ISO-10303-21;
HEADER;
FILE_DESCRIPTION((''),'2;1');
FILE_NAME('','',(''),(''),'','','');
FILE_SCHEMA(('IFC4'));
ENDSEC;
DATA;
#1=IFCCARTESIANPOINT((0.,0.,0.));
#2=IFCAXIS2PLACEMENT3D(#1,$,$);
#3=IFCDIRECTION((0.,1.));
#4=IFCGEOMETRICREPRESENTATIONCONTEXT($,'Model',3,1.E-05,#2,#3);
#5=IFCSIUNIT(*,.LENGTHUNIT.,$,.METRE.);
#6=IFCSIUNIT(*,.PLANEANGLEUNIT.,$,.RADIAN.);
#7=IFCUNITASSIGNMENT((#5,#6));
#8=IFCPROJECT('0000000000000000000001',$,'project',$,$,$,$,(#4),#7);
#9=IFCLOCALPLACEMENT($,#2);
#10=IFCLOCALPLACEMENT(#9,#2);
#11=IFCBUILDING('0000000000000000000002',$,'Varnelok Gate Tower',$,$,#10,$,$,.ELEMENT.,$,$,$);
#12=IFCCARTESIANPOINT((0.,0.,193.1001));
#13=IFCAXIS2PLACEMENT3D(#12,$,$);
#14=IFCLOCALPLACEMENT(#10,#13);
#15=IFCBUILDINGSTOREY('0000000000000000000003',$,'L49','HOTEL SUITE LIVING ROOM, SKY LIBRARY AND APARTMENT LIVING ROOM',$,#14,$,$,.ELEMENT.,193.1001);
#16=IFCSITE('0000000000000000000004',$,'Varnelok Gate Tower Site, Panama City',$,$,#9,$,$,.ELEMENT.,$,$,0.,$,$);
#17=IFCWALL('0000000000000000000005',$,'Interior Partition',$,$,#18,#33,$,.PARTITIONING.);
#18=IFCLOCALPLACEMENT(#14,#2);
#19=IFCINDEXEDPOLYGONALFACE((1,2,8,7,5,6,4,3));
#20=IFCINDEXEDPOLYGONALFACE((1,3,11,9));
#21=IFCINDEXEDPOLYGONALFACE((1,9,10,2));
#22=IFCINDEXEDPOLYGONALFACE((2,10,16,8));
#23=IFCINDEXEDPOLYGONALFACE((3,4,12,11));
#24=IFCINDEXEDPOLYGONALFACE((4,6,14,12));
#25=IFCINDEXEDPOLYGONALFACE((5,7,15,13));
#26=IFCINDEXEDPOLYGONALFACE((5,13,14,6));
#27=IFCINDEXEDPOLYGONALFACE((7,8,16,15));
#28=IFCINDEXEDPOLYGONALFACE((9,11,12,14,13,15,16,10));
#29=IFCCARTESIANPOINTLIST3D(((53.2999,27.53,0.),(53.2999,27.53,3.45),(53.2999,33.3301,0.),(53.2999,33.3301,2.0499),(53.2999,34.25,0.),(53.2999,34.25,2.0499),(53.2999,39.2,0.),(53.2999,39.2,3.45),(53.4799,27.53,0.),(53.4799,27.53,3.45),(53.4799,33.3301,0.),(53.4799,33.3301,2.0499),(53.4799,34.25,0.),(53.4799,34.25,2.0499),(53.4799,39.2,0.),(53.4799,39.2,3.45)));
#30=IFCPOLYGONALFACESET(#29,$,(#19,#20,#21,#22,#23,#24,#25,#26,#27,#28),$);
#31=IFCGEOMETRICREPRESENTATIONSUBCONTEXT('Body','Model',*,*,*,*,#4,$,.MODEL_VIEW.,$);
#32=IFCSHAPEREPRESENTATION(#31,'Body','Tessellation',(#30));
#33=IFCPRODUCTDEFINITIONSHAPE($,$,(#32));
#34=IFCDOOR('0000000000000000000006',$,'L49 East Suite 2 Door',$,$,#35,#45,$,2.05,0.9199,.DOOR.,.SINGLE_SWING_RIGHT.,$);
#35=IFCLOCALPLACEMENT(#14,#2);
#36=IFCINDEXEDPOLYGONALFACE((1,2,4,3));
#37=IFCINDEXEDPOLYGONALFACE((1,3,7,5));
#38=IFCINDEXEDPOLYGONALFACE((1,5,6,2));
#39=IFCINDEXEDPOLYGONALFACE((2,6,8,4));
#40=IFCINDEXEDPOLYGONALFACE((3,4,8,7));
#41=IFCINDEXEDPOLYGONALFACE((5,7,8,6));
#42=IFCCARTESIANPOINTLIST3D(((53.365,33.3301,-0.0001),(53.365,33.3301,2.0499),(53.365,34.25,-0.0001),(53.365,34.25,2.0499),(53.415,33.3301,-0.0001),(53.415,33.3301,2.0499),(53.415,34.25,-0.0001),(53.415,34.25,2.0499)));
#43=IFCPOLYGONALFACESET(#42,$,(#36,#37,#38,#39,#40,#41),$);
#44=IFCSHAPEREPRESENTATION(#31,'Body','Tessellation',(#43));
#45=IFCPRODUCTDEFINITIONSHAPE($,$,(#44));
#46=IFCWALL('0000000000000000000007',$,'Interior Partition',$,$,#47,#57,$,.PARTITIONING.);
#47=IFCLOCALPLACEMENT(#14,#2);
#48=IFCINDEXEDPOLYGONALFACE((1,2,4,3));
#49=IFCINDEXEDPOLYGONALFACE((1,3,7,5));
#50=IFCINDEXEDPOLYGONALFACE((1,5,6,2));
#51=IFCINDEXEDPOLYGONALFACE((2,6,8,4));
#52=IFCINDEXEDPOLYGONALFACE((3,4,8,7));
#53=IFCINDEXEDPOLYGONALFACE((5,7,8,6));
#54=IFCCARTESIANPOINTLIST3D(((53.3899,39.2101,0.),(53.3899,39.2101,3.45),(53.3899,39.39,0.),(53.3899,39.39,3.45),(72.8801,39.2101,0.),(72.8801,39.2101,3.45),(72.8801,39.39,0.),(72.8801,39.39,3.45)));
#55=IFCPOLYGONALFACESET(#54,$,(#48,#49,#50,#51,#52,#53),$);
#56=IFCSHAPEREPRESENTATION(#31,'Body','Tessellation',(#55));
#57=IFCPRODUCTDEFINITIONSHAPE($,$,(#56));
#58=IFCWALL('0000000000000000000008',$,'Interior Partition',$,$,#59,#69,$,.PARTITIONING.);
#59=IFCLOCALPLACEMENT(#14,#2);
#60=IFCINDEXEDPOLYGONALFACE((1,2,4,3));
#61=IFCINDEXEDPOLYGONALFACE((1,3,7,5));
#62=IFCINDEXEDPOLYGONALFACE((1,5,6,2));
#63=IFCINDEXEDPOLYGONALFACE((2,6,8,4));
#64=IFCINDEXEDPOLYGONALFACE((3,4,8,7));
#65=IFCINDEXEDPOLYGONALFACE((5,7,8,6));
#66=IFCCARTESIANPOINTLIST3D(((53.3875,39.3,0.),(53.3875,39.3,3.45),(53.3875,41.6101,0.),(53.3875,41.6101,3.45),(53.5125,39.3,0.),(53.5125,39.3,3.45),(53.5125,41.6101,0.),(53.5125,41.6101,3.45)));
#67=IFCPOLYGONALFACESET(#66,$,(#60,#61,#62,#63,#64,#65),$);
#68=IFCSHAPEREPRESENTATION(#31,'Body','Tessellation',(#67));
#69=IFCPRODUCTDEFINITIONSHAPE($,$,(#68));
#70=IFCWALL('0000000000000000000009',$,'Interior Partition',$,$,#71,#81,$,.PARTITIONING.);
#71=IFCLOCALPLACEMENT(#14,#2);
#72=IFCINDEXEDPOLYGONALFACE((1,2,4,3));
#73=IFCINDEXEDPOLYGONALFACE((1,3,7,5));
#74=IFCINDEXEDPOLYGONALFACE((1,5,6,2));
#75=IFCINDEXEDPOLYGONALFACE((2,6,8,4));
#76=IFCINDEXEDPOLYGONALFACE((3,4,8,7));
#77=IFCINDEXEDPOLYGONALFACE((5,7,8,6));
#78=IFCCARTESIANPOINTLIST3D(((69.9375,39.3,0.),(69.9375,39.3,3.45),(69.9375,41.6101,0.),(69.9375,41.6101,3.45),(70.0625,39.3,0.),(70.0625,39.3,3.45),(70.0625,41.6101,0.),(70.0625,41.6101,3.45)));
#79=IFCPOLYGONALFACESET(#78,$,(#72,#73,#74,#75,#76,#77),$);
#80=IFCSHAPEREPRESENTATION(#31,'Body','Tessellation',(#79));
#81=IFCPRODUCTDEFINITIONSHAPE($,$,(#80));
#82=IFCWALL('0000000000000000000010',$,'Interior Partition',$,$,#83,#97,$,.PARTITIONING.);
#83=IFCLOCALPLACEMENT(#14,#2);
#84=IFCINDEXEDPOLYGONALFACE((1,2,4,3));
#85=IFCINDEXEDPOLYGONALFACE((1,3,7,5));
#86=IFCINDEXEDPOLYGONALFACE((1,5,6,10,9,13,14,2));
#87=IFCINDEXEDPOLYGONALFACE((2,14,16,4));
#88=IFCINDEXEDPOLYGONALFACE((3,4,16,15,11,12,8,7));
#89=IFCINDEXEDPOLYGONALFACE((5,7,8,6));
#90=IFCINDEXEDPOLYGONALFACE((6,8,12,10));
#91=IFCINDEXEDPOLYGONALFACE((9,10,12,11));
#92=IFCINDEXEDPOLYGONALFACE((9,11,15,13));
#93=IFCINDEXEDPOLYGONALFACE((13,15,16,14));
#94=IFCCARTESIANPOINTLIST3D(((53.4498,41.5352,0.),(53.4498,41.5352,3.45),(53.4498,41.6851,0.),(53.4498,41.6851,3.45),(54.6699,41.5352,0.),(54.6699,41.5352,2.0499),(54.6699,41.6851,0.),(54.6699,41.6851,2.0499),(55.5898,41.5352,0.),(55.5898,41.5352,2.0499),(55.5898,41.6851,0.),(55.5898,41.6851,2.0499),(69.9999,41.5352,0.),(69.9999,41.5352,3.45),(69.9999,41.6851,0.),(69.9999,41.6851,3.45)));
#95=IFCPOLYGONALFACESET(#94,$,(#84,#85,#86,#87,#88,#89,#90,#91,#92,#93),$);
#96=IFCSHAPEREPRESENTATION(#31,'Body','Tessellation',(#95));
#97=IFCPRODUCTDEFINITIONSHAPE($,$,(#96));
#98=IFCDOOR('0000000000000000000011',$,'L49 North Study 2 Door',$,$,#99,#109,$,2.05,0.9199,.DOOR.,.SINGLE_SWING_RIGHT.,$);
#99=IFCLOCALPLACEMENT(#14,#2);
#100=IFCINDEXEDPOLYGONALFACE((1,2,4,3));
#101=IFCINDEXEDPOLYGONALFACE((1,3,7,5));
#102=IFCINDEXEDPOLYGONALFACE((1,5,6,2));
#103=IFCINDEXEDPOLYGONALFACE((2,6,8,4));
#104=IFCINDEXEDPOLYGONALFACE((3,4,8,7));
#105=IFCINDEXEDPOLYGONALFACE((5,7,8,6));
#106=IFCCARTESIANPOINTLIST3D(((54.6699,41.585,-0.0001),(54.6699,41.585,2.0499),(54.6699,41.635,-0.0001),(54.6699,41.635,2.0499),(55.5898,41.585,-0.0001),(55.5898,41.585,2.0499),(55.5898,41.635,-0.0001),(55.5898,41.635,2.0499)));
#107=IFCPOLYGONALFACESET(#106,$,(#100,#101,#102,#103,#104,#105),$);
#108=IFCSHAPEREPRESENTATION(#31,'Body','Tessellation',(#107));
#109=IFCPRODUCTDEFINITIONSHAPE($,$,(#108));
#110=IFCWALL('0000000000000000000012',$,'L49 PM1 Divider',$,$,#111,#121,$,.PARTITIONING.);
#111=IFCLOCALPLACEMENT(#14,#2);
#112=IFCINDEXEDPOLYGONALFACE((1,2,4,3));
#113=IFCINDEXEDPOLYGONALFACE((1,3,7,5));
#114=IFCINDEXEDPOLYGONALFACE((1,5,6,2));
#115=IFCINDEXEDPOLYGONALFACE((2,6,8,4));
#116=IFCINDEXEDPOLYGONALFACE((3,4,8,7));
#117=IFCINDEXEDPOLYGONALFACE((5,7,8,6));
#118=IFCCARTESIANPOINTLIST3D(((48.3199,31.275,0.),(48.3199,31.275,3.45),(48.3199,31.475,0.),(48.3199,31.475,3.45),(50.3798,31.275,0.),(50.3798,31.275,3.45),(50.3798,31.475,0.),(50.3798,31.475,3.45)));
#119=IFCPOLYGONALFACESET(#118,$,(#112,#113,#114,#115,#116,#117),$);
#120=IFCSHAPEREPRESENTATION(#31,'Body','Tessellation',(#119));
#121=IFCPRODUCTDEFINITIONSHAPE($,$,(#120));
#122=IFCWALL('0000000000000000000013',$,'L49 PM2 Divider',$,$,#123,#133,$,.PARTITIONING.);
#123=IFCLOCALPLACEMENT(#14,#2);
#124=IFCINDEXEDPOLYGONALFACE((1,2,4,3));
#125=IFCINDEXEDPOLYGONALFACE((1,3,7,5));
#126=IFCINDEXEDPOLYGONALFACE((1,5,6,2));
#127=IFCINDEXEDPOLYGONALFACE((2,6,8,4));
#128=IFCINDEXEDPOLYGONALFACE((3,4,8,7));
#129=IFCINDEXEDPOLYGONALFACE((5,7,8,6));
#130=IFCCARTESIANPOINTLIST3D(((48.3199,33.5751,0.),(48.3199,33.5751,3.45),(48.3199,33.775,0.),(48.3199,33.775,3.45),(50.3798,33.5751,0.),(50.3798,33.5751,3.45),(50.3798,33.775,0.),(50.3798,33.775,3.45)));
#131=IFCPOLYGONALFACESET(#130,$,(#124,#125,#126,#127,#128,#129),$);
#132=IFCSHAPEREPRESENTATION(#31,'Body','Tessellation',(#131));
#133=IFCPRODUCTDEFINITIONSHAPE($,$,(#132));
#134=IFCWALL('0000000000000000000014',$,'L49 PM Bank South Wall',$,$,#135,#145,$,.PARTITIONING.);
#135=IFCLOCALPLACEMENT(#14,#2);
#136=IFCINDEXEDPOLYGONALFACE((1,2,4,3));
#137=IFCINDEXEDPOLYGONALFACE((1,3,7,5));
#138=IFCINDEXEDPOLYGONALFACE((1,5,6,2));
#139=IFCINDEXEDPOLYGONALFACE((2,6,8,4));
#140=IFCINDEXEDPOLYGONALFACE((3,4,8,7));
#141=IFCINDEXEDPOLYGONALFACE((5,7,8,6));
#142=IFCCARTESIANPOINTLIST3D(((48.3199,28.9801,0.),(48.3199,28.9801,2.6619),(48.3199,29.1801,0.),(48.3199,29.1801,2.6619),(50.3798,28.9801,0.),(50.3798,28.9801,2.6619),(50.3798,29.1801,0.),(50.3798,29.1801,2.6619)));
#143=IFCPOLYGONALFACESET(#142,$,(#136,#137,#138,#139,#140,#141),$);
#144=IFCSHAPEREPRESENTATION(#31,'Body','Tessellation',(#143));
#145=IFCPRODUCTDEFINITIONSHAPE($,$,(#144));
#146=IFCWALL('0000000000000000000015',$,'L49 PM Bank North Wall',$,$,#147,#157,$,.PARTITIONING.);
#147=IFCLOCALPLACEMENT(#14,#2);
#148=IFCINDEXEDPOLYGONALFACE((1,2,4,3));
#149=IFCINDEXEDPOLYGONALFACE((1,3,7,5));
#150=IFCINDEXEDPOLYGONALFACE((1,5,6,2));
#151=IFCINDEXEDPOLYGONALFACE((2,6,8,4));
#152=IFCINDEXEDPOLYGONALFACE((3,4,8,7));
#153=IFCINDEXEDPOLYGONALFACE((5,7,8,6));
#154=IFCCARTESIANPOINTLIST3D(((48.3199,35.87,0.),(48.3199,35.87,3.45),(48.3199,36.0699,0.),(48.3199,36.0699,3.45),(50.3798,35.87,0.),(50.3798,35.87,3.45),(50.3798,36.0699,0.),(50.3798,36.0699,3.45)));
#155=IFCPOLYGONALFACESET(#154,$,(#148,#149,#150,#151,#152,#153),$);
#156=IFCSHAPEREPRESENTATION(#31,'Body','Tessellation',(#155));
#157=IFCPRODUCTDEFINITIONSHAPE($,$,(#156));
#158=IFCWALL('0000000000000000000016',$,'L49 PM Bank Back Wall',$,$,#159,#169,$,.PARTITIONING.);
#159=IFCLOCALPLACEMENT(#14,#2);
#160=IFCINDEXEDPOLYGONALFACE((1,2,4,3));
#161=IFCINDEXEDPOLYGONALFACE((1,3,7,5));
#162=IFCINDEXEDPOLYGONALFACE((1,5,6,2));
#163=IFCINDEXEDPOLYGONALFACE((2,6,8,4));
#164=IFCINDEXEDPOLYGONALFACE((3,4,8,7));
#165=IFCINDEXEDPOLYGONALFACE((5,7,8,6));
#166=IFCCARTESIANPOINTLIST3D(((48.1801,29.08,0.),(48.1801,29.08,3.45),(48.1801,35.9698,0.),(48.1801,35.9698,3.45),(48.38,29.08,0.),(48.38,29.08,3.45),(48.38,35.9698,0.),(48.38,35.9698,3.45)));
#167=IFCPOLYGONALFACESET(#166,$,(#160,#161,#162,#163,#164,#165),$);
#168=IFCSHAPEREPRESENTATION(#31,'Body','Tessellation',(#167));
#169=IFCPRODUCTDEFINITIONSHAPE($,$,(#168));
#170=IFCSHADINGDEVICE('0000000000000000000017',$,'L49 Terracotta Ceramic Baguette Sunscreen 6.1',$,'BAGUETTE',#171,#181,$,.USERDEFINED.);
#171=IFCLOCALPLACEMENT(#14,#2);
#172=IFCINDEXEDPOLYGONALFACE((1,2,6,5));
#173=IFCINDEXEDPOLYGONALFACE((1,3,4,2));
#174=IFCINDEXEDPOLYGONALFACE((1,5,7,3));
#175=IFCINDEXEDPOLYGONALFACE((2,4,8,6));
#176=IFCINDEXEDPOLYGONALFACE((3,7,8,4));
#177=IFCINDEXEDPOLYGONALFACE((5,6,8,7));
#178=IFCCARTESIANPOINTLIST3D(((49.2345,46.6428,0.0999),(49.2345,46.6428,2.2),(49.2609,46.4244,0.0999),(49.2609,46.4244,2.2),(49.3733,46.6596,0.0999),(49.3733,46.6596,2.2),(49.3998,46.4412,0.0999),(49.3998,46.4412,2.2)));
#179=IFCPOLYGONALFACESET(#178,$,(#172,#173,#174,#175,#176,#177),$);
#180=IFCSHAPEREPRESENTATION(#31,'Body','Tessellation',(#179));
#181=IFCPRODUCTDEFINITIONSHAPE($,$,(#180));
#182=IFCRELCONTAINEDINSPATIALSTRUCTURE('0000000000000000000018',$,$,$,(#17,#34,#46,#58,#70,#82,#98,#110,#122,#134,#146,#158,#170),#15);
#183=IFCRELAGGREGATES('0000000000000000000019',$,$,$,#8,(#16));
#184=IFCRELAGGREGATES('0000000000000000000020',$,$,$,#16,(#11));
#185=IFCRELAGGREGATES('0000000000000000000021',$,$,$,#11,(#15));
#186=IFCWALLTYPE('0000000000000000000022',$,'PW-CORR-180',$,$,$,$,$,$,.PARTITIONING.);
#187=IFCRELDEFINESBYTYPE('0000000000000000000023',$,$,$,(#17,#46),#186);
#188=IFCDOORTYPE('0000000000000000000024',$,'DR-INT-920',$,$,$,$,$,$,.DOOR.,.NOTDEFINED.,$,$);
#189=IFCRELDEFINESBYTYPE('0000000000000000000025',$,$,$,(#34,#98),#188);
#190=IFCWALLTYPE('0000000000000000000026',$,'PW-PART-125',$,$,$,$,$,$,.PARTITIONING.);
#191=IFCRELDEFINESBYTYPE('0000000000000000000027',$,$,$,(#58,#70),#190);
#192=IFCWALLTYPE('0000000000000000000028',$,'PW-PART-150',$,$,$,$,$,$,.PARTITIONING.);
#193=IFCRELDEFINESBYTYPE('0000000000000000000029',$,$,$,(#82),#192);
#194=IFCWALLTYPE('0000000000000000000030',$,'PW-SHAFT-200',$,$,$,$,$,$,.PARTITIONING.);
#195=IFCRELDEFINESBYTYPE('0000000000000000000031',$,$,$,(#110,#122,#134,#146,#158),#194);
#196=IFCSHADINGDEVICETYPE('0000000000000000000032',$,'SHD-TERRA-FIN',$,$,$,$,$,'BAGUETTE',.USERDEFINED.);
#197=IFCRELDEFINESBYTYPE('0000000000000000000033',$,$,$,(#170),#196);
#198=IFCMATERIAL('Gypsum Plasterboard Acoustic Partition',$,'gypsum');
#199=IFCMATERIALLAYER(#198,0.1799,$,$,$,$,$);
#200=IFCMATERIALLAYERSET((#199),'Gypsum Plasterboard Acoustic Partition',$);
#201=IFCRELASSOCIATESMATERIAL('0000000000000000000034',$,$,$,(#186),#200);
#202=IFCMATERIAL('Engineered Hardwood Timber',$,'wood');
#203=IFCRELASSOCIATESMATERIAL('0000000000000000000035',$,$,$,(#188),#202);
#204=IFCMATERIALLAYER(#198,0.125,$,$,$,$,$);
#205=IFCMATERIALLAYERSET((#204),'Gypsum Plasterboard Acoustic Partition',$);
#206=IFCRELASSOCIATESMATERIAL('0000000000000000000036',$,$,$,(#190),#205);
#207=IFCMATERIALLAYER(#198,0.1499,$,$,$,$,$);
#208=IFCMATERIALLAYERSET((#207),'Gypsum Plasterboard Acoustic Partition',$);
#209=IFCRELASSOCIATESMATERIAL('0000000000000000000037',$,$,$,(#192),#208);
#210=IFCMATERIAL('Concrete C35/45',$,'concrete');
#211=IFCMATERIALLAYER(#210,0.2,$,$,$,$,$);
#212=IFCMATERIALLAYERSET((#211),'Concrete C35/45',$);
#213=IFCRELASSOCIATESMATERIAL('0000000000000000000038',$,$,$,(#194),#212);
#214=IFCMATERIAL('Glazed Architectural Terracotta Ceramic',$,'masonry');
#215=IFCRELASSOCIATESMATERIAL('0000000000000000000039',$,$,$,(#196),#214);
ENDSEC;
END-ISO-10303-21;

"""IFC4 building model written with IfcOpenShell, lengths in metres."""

from ifc_helpers import new_model, si_unit, direction, frame, frame_2d, origin, origin_2d, place, context, subcontext, project, spatial, rectangle, extrude, source, transform, mapped, material, layer, layer_set, type_object, element, fill, save


model = new_model("IFC4")

# Units and contexts
model_context = context("Model", 3, precision=1e-05, world=origin(), true_north=direction((0.0, 1.0)))
body_context = subcontext(model_context, "Body", "Model", "MODEL_VIEW")
ifc_project = project(units=[si_unit("LENGTHUNIT", "METRE"), si_unit("PLANEANGLEUNIT", "RADIAN")], contexts=[model_context])

# Site, building, storey
site_placement = place(None, origin())
site = spatial("IfcSite", under=ifc_project, at=site_placement, Name="Varnelok Gate Tower Site, Panama City", CompositionType="ELEMENT", RefElevation=0.0)
building_placement = place(site_placement, origin())
building = spatial("IfcBuilding", under=site, at=building_placement, Name="Varnelok Gate Tower", CompositionType="ELEMENT")
storey_placement = place(building_placement, frame((0.0, 0.0, 193.1001)))
storey = spatial("IfcBuildingStorey", under=building, at=storey_placement, Name="L49", Description="HOTEL SUITE LIVING ROOM, SKY LIBRARY AND APARTMENT LIVING ROOM", CompositionType="ELEMENT", Elevation=193.1001)

# Wall, opening, door
ifc_material_1 = material(Name="Gypsum Plasterboard Acoustic Partition", Category="gypsum")
ifc_layer_1 = layer(ifc_material_1, 0.1799)
ifc_layer_set_1 = layer_set([ifc_layer_1], Name="Gypsum Plasterboard Acoustic Partition")
wall_type_1 = type_object("IfcWallType", Name="PW-CORR-180", PredefinedType="PARTITIONING", material=ifc_layer_set_1)
wall_1_placement = place(storey_placement, frame((53.3899, 27.53, 0.0), z_axis=(0.0, 0.0, 1.0), x_axis=(0.0, 1.0, 0.0)))
wall_1 = element("IfcWall", 1, at=wall_1_placement, inside=storey, type_object=wall_type_1, Name="Interior Partition", PredefinedType="PARTITIONING", context=body_context, shape_type="SweptSolid", body=[
    extrude(rectangle(XDim=11.6699, YDim=0.1799, at=frame_2d((5.835, 0.0))), origin(), (0.0, 0.0, 1.0), 3.45),
])
opening_1_placement = place(wall_1_placement, frame((5.8, 0.0, 0.0)))
opening_1 = element("IfcOpeningElement", 2, at=opening_1_placement, cuts=wall_1, PredefinedType="OPENING", context=body_context, shape_type="SweptSolid", body=[
    extrude(rectangle(XDim=0.9199, YDim=2.05, at=frame_2d((0.46, 1.0249))), frame((0.0, 0.0999, 0.0), z_axis=(0.0, -1.0, 0.0), x_axis=(1.0, 0.0, 0.0)), (0.0, 0.0, 1.0), 0.2),
])
ifc_material_2 = material(Name="Engineered Hardwood Timber", Category="wood")
door_type_1 = type_object("IfcDoorType", Name="DR-INT-920", OperationType="NOTDEFINED", PredefinedType="DOOR", material=ifc_material_2)
door_1_placement = place(opening_1_placement, origin())
door_1 = element("IfcDoor", 3, at=door_1_placement, inside=storey, type_object=door_type_1, Name="L49 East Suite 2 Door", OperationType="SINGLE_SWING_RIGHT", OverallHeight=2.05, OverallWidth=0.9199, PredefinedType="DOOR", context=body_context, shape_type="SweptSolid", body=[
    extrude(rectangle(XDim=0.9199, YDim=2.05, at=frame_2d((0.46, 1.0249))), frame((0.0, 0.0249, 0.0), z_axis=(0.0, -1.0, 0.0), x_axis=(1.0, 0.0, 0.0)), (0.0, 0.0, 1.0), 0.05),
])
fill(opening_1, door_1)

# Walls
wall_2_placement = place(storey_placement, frame((53.3899, 39.3, 0.0), z_axis=(0.0, 0.0, 1.0), x_axis=(1.0, 0.0, 0.0)))
element("IfcWall", 4, at=wall_2_placement, inside=storey, type_object=wall_type_1, Name="Interior Partition", PredefinedType="PARTITIONING", context=body_context, shape_type="SweptSolid", body=[
    extrude(rectangle(XDim=19.4902, YDim=0.1799, at=frame_2d((9.7451, 0.0))), origin(), (0.0, 0.0, 1.0), 3.45),
])
ifc_layer_2 = layer(ifc_material_1, 0.125)
ifc_layer_set_2 = layer_set([ifc_layer_2], Name="Gypsum Plasterboard Acoustic Partition")
wall_type_2 = type_object("IfcWallType", Name="PW-PART-125", PredefinedType="PARTITIONING", material=ifc_layer_set_2)
for number, where, z_axis, x_axis, name in (
    (5, (53.45, 39.3, 0.0), (0.0, 0.0, 1.0), (0.0, 1.0, 0.0), "Interior Partition"),
    (6, (70.0, 39.3, 0.0), (0.0, 0.0, 1.0), (0.0, 1.0, 0.0), "Interior Partition"),
):
    element("IfcWall", number, at=place(storey_placement, frame(where, z_axis=z_axis, x_axis=x_axis)), inside=storey, type_object=wall_type_2, Name=name, PredefinedType="PARTITIONING", context=body_context, shape_type="SweptSolid", body=[
        extrude(rectangle(XDim=2.3101, YDim=0.125, at=frame_2d((1.155, 0.0))), origin(), (0.0, 0.0, 1.0), 3.45),
    ])

# Wall, opening, door
ifc_layer_3 = layer(ifc_material_1, 0.1499)
ifc_layer_set_3 = layer_set([ifc_layer_3], Name="Gypsum Plasterboard Acoustic Partition")
wall_type_3 = type_object("IfcWallType", Name="PW-PART-150", PredefinedType="PARTITIONING", material=ifc_layer_set_3)
wall_3_placement = place(storey_placement, frame((53.45, 41.6101, 0.0), z_axis=(0.0, 0.0, 1.0), x_axis=(1.0, 0.0, 0.0)))
wall_3 = element("IfcWall", 7, at=wall_3_placement, inside=storey, type_object=wall_type_3, Name="Interior Partition", PredefinedType="PARTITIONING", context=body_context, shape_type="SweptSolid", body=[
    extrude(rectangle(XDim=16.55, YDim=0.1499, at=frame_2d((8.2749, 0.0))), origin(), (0.0, 0.0, 1.0), 3.45),
])
opening_2_placement = place(wall_3_placement, frame((1.22, 0.0, 0.0)))
opening_2 = element("IfcOpeningElement", 8, at=opening_2_placement, cuts=wall_3, PredefinedType="OPENING", context=body_context, shape_type="SweptSolid", body=[
    extrude(rectangle(XDim=0.9199, YDim=2.05, at=frame_2d((0.46, 1.0249))), frame((0.0, 0.085, 0.0), z_axis=(0.0, -1.0, 0.0), x_axis=(1.0, 0.0, 0.0)), (0.0, 0.0, 1.0), 0.1699),
])
door_2_placement = place(opening_2_placement, origin())
door_2 = element("IfcDoor", 9, at=door_2_placement, inside=storey, type_object=door_type_1, Name="L49 North Study 2 Door", OperationType="SINGLE_SWING_RIGHT", OverallHeight=2.05, OverallWidth=0.9199, PredefinedType="DOOR", context=body_context, shape_type="SweptSolid", body=[
    extrude(rectangle(XDim=0.9199, YDim=2.05, at=frame_2d((0.46, 1.0249))), frame((0.0, 0.0249, 0.0), z_axis=(0.0, -1.0, 0.0), x_axis=(1.0, 0.0, 0.0)), (0.0, 0.0, 1.0), 0.05),
])
fill(opening_2, door_2)

# Walls
ifc_material_3 = material(Name="Concrete C35/45", Category="concrete")
ifc_layer_4 = layer(ifc_material_3, 0.2)
ifc_layer_set_4 = layer_set([ifc_layer_4], Name="Concrete C35/45")
wall_type_4 = type_object("IfcWallType", Name="PW-SHAFT-200", PredefinedType="PARTITIONING", material=ifc_layer_set_4)
for number, where, z_axis, x_axis, name in (
    (10, (48.3201, 31.375, 0.0), (0.0, 0.0, 1.0), (1.0, 0.0, 0.0), "L49 PM1 Divider"),
    (11, (48.3201, 33.675, 0.0), (0.0, 0.0, 1.0), (1.0, 0.0, 0.0), "L49 PM2 Divider"),
):
    element("IfcWall", number, at=place(storey_placement, frame(where, z_axis=z_axis, x_axis=x_axis)), inside=storey, type_object=wall_type_4, Name=name, PredefinedType="PARTITIONING", context=body_context, shape_type="SweptSolid", body=[
        extrude(rectangle(XDim=2.0598, YDim=0.2, at=frame_2d((1.0298, 0.0))), origin(), (0.0, 0.0, 1.0), 3.45),
    ])
wall_4_placement = place(storey_placement, frame((48.3201, 29.0801, 0.0), z_axis=(0.0, 0.0, 1.0), x_axis=(1.0, 0.0, 0.0)))
element("IfcWall", 12, at=wall_4_placement, inside=storey, type_object=wall_type_4, Name="L49 PM Bank South Wall", PredefinedType="PARTITIONING", context=body_context, shape_type="SweptSolid", body=[
    extrude(rectangle(XDim=2.0598, YDim=0.2, at=frame_2d((1.0298, 0.0))), origin(), (0.0, 0.0, 1.0), 2.6619),
])
wall_5_placement = place(storey_placement, frame((48.3201, 35.97, 0.0), z_axis=(0.0, 0.0, 1.0), x_axis=(1.0, 0.0, 0.0)))
element("IfcWall", 13, at=wall_5_placement, inside=storey, type_object=wall_type_4, Name="L49 PM Bank North Wall", PredefinedType="PARTITIONING", context=body_context, shape_type="SweptSolid", body=[
    extrude(rectangle(XDim=2.0598, YDim=0.2, at=frame_2d((1.0298, 0.0))), origin(), (0.0, 0.0, 1.0), 3.45),
])
wall_6_placement = place(storey_placement, frame((48.28, 29.0801, 0.0), z_axis=(0.0, 0.0, 1.0), x_axis=(0.0, 1.0, 0.0)))
element("IfcWall", 14, at=wall_6_placement, inside=storey, type_object=wall_type_4, Name="L49 PM Bank Back Wall", PredefinedType="PARTITIONING", context=body_context, shape_type="SweptSolid", body=[
    extrude(rectangle(XDim=6.8899, YDim=0.2, at=frame_2d((3.4448, 0.0))), origin(), (0.0, 0.0, 1.0), 3.45),
])

# Shading device
ifc_material_4 = material(Name="Glazed Architectural Terracotta Ceramic", Category="masonry")
shading_device_type = type_object("IfcShadingDeviceType", Name="SHD-TERRA-FIN", ElementType="BAGUETTE", PredefinedType="USERDEFINED", material=ifc_material_4)
shared_shape_1 = source(origin(), body_context, "Body", "SweptSolid", [
    extrude(rectangle(XDim=0.1399, YDim=0.22, at=origin_2d()), origin(), (0.0, 0.0, 1.0), 2.1001),
])
shading_device_placement = place(storey_placement, frame((49.3171, 46.542, 0.0999), z_axis=(0.0, 0.0, 1.0), x_axis=(0.992732, 0.120345, 0.0)))
element("IfcShadingDevice", 15, at=shading_device_placement, inside=storey, type_object=shading_device_type, Name="L49 Terracotta Ceramic Baguette Sunscreen 6.1", ObjectType="BAGUETTE", PredefinedType="USERDEFINED", context=body_context, shape_type="MappedRepresentation", body=[
    mapped(shared_shape_1, transform((0.0, 0.0, 0.0), scale=1.0)),
])

save(model, "model.ifc")
